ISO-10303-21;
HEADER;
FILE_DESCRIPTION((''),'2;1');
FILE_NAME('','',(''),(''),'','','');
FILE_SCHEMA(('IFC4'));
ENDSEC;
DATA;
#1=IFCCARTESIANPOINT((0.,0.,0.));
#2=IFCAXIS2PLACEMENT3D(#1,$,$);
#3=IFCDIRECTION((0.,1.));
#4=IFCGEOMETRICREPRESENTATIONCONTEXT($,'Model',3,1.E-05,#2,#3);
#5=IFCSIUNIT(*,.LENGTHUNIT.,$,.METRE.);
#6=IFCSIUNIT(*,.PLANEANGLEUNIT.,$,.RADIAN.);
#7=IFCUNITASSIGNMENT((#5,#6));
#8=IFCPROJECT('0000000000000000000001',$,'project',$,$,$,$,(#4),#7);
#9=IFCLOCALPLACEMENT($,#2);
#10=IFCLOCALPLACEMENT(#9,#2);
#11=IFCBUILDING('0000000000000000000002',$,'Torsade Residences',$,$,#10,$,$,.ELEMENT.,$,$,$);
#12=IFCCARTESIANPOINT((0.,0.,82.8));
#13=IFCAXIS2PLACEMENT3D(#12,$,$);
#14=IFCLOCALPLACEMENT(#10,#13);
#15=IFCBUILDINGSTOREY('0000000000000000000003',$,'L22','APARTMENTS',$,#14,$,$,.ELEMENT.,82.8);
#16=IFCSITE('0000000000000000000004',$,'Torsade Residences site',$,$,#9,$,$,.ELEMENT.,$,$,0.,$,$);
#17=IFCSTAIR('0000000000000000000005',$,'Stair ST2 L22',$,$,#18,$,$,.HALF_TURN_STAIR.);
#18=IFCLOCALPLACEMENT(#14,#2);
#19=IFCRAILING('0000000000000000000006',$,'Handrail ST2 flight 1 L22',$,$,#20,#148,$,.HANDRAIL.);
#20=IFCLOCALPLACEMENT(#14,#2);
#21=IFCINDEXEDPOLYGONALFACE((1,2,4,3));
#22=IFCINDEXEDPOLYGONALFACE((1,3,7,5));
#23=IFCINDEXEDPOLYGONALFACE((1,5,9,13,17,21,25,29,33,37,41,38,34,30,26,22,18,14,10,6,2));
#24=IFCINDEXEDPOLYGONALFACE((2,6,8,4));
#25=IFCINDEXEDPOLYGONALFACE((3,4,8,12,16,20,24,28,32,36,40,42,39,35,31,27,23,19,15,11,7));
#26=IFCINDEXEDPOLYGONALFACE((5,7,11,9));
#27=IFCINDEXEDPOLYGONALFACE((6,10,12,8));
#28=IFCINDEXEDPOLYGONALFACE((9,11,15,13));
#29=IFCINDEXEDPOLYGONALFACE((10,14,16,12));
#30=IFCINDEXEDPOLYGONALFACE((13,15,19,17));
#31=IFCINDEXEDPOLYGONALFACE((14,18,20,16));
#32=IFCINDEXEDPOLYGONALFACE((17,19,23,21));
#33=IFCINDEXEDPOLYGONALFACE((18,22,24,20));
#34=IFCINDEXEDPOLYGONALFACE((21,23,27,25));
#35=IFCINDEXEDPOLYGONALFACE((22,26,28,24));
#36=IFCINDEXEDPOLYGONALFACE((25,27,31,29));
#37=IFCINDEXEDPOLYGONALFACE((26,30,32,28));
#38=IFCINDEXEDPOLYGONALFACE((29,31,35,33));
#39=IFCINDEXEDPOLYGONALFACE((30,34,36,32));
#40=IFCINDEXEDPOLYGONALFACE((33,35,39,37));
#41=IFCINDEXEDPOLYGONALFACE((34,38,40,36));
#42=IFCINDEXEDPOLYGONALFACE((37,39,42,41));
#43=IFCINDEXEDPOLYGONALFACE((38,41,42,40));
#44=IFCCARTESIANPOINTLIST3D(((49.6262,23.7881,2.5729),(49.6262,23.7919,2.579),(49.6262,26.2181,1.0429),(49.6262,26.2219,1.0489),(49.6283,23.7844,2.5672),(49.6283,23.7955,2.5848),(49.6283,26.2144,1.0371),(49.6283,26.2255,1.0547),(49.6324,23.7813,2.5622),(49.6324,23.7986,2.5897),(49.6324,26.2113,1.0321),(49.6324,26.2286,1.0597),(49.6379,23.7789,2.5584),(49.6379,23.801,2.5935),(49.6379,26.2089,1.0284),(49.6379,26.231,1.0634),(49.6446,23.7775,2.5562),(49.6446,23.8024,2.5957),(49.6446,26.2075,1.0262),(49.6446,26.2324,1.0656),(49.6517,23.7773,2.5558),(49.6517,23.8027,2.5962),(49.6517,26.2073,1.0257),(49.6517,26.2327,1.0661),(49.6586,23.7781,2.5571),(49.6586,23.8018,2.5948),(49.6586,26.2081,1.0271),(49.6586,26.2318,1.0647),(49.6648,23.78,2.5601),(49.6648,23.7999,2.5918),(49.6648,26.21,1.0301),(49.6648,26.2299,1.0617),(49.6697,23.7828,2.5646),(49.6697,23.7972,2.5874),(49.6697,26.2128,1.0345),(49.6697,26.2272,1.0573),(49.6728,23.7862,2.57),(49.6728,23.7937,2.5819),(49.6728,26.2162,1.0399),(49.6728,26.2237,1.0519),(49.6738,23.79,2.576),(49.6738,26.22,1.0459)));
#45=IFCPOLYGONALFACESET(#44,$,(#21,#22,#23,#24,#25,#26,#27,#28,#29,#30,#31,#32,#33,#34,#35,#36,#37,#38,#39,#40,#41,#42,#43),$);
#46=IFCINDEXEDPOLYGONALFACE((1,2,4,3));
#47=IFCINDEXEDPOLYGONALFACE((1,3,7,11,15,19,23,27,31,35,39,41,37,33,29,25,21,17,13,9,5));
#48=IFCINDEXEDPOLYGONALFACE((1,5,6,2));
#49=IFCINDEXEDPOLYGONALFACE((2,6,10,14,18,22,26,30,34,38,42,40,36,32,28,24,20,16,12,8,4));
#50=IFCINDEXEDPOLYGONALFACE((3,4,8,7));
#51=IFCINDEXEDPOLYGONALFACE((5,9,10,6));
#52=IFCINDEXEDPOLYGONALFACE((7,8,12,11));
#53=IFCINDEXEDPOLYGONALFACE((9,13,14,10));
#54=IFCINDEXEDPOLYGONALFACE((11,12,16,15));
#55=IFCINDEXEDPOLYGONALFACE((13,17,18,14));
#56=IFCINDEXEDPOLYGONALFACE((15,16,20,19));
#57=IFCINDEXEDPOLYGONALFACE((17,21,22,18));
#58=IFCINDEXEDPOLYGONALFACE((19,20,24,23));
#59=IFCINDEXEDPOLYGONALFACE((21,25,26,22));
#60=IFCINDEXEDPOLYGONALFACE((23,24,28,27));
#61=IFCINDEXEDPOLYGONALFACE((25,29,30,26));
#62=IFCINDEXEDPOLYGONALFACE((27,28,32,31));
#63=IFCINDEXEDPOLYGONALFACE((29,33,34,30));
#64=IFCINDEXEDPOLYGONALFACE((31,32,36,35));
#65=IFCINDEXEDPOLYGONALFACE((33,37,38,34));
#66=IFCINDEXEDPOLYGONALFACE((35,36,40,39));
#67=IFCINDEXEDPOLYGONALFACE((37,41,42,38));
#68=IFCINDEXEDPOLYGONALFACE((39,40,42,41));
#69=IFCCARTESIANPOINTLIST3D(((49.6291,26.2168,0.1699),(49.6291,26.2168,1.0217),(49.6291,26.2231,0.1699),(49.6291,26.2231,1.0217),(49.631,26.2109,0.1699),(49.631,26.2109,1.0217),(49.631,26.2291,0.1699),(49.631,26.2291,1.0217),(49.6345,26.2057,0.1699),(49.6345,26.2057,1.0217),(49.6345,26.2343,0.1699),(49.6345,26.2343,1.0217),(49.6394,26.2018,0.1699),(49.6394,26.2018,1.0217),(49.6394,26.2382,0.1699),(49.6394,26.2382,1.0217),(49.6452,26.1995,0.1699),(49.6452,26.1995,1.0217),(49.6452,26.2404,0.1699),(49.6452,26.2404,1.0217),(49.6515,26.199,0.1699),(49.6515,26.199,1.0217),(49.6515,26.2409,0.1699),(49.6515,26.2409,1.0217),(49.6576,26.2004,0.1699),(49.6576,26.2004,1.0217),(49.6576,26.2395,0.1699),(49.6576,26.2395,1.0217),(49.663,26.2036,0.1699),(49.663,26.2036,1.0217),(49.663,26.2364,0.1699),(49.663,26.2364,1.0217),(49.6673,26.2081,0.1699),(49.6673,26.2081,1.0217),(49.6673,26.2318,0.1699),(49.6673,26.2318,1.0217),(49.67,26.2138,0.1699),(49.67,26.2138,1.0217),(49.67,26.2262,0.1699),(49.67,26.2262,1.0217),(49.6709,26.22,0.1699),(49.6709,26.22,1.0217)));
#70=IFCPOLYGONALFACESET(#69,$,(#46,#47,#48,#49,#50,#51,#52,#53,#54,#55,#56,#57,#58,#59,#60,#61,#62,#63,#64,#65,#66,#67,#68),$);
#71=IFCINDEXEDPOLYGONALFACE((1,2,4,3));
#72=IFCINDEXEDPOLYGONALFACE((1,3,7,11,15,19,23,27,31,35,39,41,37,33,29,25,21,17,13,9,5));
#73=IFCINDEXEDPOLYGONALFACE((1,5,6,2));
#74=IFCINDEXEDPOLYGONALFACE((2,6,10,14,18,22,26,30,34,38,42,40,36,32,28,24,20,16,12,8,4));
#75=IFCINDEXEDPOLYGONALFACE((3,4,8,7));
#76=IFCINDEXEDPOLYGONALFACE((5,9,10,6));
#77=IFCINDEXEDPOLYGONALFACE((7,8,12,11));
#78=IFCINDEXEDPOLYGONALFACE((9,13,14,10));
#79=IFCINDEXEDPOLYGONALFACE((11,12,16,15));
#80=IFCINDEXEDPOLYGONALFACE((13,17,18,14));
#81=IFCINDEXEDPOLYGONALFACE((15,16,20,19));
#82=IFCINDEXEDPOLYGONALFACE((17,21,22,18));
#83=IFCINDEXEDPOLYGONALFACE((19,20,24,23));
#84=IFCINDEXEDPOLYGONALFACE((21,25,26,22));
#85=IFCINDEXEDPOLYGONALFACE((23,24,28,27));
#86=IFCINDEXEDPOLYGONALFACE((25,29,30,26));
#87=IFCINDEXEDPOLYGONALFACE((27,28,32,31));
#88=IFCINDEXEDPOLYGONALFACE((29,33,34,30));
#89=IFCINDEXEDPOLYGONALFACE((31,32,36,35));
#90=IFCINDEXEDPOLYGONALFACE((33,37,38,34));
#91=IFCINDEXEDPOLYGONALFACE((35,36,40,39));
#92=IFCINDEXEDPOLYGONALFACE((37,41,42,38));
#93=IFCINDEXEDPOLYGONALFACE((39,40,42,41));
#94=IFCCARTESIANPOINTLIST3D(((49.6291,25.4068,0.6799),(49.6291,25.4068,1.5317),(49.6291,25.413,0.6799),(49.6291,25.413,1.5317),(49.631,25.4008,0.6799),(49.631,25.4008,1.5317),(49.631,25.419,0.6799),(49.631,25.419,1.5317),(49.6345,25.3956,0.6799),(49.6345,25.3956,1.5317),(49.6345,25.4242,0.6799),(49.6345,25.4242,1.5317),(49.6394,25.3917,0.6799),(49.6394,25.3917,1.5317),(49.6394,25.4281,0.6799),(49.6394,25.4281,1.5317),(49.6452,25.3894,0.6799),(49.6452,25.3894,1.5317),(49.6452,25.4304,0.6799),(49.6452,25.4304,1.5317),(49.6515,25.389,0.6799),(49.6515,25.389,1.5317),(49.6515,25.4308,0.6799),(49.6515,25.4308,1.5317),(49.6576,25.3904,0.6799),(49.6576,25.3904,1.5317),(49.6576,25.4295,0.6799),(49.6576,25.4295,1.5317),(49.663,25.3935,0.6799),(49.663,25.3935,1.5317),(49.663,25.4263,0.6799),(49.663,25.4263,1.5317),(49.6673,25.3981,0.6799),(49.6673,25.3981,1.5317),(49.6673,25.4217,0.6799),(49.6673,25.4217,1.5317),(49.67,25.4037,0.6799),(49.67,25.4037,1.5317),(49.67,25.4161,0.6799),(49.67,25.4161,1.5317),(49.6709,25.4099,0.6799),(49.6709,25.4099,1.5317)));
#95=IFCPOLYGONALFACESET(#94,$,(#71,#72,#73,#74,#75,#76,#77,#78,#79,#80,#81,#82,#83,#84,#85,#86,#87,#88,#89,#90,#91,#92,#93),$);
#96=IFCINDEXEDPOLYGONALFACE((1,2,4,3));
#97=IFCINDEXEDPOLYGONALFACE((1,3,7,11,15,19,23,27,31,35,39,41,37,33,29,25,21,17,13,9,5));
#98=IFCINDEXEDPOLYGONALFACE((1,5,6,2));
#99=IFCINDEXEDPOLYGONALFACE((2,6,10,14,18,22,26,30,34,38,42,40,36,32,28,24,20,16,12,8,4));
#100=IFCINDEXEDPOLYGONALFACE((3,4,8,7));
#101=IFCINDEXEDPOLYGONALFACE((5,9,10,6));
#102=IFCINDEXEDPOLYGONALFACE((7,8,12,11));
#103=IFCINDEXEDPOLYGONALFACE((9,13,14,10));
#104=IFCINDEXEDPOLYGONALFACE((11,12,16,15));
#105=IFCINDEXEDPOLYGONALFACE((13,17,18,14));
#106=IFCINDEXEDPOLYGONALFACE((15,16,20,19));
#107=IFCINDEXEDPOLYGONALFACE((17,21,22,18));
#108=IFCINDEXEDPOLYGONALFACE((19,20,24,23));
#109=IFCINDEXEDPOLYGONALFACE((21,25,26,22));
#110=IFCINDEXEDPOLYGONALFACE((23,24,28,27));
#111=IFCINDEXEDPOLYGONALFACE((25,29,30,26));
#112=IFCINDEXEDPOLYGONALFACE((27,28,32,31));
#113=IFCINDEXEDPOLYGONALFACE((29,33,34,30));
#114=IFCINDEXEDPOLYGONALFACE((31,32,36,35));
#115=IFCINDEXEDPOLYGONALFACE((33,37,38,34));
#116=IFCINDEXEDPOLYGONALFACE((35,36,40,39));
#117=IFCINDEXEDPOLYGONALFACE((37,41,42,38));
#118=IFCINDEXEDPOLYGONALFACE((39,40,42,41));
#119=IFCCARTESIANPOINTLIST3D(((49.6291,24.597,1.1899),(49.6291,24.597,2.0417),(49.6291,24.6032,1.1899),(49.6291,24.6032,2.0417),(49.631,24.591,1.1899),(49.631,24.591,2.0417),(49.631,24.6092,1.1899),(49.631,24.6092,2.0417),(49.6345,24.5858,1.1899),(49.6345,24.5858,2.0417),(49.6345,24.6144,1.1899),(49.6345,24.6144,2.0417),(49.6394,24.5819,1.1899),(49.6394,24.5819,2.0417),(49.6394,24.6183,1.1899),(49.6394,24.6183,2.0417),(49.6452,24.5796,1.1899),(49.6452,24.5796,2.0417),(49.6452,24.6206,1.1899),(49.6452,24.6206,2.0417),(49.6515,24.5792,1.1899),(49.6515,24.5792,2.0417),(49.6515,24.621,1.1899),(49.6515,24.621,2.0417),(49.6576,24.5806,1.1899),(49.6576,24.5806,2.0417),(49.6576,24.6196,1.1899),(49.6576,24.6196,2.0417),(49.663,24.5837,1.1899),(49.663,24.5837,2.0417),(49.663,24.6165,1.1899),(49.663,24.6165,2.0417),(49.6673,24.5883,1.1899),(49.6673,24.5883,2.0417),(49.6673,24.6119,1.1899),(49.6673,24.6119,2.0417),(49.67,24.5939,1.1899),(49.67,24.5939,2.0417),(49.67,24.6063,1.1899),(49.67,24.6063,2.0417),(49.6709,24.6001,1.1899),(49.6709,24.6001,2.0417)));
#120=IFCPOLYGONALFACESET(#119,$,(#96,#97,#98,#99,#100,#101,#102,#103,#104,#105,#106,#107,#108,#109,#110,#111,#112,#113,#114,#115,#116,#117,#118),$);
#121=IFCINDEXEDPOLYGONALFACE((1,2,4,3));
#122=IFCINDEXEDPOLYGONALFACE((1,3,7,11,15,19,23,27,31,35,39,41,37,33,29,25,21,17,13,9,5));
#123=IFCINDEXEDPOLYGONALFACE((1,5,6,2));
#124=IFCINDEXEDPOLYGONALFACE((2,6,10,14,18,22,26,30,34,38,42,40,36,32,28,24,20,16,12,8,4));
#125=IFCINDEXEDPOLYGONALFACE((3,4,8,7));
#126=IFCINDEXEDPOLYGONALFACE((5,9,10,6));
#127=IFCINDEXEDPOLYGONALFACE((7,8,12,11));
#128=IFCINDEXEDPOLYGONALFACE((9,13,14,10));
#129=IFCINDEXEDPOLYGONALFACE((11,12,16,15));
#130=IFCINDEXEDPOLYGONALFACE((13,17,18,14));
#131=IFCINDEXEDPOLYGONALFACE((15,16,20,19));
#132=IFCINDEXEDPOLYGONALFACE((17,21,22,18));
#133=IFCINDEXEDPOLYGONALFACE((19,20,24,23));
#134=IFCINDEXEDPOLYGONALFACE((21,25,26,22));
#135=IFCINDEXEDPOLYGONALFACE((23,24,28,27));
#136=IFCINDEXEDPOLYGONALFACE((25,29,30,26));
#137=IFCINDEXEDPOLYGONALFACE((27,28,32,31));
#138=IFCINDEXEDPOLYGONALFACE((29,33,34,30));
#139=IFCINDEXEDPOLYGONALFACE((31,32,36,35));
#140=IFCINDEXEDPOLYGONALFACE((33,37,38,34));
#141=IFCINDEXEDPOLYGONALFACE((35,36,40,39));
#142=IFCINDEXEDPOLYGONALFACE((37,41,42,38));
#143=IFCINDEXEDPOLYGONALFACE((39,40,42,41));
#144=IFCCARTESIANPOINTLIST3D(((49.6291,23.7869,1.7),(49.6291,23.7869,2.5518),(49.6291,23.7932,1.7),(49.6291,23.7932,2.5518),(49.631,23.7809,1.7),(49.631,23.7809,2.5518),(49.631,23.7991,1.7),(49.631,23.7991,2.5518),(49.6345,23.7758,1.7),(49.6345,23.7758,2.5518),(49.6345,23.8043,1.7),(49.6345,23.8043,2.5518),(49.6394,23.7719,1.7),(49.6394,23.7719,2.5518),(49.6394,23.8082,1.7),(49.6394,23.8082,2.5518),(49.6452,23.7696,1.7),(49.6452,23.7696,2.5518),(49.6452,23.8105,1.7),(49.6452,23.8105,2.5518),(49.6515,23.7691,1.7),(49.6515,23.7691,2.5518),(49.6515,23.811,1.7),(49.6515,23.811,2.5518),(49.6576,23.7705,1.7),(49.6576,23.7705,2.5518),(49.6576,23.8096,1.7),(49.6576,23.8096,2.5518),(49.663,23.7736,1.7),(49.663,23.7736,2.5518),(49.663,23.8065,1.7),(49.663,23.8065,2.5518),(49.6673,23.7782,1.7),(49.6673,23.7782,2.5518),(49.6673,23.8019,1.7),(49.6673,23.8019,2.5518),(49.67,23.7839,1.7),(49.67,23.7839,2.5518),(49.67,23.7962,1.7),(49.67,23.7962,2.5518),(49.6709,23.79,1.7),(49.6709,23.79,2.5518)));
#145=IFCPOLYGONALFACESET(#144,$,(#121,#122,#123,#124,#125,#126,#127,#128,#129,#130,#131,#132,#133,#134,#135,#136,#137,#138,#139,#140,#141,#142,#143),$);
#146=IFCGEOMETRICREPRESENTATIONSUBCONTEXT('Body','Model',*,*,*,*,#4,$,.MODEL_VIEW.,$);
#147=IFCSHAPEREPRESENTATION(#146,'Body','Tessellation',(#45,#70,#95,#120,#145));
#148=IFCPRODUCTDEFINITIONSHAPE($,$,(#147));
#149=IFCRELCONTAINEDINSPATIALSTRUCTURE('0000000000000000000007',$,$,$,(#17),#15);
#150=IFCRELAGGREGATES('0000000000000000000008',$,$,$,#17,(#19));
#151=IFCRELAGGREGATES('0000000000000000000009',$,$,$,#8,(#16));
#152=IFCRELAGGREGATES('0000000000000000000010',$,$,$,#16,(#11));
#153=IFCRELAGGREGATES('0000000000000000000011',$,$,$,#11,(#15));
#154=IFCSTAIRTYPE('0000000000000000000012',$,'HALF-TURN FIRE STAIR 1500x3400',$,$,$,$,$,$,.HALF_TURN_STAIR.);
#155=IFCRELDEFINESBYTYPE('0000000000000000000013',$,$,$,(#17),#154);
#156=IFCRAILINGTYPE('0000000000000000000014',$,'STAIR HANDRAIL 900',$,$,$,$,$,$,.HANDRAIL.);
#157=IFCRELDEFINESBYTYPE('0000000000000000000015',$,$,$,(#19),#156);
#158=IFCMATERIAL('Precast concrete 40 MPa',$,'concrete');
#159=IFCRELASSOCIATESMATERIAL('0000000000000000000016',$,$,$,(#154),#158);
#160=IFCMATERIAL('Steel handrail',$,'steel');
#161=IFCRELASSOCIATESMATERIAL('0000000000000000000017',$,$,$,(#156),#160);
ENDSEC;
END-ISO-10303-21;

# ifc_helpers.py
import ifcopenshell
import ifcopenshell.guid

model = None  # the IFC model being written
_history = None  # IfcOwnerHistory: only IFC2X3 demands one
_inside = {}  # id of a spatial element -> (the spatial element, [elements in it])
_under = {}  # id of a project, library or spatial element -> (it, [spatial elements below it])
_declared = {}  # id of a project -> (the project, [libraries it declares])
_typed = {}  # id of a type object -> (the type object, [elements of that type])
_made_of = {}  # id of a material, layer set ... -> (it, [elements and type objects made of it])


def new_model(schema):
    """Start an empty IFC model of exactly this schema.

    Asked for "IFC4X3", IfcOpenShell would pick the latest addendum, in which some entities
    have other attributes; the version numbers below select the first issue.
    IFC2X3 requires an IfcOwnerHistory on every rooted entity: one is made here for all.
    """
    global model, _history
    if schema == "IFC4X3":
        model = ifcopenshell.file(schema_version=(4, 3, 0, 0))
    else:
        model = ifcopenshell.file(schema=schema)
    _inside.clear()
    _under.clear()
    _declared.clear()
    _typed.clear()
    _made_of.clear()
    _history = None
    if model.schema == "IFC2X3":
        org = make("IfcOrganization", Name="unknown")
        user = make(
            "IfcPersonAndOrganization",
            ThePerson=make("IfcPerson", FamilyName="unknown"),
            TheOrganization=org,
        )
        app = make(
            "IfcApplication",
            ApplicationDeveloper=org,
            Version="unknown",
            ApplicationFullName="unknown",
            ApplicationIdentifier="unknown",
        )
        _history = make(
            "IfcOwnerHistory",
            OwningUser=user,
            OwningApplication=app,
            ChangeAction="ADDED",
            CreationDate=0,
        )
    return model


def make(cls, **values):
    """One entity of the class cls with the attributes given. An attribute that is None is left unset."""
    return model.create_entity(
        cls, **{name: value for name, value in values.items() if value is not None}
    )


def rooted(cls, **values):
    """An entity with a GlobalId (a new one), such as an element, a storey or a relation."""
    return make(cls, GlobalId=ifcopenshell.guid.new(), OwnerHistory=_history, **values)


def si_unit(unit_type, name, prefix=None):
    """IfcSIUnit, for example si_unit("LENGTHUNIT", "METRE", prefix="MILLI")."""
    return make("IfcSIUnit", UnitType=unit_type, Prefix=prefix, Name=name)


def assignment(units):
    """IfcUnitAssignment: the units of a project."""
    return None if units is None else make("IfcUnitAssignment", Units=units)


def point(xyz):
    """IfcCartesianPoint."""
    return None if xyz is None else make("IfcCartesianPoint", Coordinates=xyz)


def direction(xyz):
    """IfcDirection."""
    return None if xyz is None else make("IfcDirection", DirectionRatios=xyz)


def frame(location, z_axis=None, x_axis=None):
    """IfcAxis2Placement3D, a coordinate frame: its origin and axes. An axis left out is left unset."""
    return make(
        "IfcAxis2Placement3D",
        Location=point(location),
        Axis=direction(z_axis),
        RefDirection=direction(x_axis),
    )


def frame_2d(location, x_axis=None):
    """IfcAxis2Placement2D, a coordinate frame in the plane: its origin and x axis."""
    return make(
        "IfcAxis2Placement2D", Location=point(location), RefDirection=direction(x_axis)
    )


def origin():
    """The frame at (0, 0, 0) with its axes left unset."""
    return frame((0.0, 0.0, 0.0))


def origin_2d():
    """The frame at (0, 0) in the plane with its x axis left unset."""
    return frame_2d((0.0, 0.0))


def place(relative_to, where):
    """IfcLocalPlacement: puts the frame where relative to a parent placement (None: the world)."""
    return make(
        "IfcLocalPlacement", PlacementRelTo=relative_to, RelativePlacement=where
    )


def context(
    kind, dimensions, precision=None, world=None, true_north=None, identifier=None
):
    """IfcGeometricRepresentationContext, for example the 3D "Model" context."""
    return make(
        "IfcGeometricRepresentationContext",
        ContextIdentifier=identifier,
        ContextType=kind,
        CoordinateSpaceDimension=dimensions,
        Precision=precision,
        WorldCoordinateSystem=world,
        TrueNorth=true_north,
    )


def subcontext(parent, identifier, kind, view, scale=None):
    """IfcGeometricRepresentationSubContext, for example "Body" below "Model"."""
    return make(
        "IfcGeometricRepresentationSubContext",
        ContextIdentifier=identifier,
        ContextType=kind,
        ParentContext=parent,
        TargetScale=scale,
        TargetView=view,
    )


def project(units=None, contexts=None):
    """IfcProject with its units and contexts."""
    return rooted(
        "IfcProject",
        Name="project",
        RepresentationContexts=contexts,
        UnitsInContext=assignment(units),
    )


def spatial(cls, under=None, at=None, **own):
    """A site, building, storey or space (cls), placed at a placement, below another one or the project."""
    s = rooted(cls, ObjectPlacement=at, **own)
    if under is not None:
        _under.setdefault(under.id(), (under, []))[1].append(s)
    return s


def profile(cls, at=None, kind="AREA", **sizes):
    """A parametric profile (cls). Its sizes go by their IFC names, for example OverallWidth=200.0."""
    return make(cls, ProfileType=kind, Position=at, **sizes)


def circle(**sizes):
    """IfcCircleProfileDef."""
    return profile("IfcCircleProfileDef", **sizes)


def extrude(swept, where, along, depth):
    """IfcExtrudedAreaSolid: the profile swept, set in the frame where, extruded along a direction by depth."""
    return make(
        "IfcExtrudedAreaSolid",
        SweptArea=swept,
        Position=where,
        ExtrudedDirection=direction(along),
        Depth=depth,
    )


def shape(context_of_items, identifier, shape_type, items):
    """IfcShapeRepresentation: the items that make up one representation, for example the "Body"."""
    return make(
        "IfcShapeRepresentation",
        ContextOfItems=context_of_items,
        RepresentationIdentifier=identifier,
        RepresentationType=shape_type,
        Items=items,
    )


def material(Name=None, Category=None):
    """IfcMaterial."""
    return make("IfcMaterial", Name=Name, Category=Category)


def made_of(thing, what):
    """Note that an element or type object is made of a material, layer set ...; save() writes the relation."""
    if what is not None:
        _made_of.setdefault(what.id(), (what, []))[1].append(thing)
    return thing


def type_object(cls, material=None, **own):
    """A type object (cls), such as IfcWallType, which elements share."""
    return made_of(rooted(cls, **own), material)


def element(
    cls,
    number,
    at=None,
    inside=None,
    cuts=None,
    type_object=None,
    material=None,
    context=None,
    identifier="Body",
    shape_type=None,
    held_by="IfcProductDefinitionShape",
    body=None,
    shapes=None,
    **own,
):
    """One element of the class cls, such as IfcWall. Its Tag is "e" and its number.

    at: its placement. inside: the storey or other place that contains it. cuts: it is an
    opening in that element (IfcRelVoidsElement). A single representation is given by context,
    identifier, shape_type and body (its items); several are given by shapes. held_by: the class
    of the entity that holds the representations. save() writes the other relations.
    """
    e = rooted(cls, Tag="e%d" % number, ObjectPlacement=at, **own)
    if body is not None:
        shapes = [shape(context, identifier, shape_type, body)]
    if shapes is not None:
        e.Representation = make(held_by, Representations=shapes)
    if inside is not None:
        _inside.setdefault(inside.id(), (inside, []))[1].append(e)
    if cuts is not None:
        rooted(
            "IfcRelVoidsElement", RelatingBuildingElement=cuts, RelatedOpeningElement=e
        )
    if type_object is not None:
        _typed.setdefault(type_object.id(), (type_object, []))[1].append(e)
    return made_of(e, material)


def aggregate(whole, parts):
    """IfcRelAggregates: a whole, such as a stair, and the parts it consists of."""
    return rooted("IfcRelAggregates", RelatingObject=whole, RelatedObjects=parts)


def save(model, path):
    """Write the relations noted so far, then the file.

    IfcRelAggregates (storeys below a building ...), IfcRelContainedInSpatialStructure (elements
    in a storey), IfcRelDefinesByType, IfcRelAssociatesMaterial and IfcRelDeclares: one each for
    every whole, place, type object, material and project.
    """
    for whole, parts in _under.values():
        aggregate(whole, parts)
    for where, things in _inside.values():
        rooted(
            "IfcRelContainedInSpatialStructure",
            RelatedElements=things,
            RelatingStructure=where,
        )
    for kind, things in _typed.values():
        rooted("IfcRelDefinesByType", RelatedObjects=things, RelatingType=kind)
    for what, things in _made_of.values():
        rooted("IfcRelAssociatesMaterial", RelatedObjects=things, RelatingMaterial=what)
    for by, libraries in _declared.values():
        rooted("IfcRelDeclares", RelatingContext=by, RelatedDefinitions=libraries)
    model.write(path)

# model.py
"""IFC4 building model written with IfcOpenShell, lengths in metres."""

from ifc_helpers import new_model, si_unit, direction, frame, origin, origin_2d, place, context, subcontext, project, spatial, circle, extrude, material, type_object, element, aggregate, save


model = new_model("IFC4")

# Units and contexts
model_context = context("Model", 3, precision=1e-05, world=origin(), true_north=direction((0.0, 1.0)))
body_context = subcontext(model_context, "Body", "Model", "MODEL_VIEW")
ifc_project = project(units=[si_unit("LENGTHUNIT", "METRE"), si_unit("PLANEANGLEUNIT", "RADIAN")], contexts=[model_context])

# Site, building, storey
site_placement = place(None, origin())
site = spatial("IfcSite", under=ifc_project, at=site_placement, Name="Torsade Residences site", CompositionType="ELEMENT", RefElevation=0.0)
building_placement = place(site_placement, origin())
building = spatial("IfcBuilding", under=site, at=building_placement, Name="Torsade Residences", CompositionType="ELEMENT")
storey_placement = place(building_placement, frame((0.0, 0.0, 82.8)))
storey = spatial("IfcBuildingStorey", under=building, at=storey_placement, Name="L22", Description="APARTMENTS", CompositionType="ELEMENT", Elevation=82.8)

# Stair, railing
ifc_material_1 = material(Name="Precast concrete 40 MPa", Category="concrete")
stair_type = type_object("IfcStairType", Name="HALF-TURN FIRE STAIR 1500x3400", PredefinedType="HALF_TURN_STAIR", material=ifc_material_1)
stair_placement = place(storey_placement, origin())
stair = element("IfcStair", 1, at=stair_placement, inside=storey, type_object=stair_type, Name="Stair ST2 L22", PredefinedType="HALF_TURN_STAIR")
ifc_material_2 = material(Name="Steel handrail", Category="steel")
railing_type = type_object("IfcRailingType", Name="STAIR HANDRAIL 900", PredefinedType="HANDRAIL", material=ifc_material_2)
railing_1_placement = place(storey_placement, frame((49.6499, 26.22, 0.1699)))
railing_1 = element("IfcRailing", 2, at=railing_1_placement, type_object=railing_type, Name="Handrail ST2 flight 1 L22", PredefinedType="HANDRAIL", context=body_context, shape_type="SweptSolid", body=[
    extrude(circle(Radius=0.0239, at=origin_2d()), frame((0.0, 0.0, 0.876), z_axis=(0.0, -0.846221, 0.532831), x_axis=(1.0, 0.0, 0.0)), (0.0, 0.0, 1.0), 2.8716),
    extrude(circle(Radius=0.021, at=origin_2d()), origin(), (0.0, 0.0, 1.0), 0.8518),
    extrude(circle(Radius=0.021, at=origin_2d()), frame((0.0, -0.8101, 0.51)), (0.0, 0.0, 1.0), 0.8518),
    extrude(circle(Radius=0.021, at=origin_2d()), frame((0.0, -1.6199, 1.02)), (0.0, 0.0, 1.0), 0.8518),
    extrude(circle(Radius=0.021, at=origin_2d()), frame((0.0, -2.4299, 1.53)), (0.0, 0.0, 1.0), 0.8518),
])
aggregate(stair, [railing_1])

save(model, "model.ifc")
